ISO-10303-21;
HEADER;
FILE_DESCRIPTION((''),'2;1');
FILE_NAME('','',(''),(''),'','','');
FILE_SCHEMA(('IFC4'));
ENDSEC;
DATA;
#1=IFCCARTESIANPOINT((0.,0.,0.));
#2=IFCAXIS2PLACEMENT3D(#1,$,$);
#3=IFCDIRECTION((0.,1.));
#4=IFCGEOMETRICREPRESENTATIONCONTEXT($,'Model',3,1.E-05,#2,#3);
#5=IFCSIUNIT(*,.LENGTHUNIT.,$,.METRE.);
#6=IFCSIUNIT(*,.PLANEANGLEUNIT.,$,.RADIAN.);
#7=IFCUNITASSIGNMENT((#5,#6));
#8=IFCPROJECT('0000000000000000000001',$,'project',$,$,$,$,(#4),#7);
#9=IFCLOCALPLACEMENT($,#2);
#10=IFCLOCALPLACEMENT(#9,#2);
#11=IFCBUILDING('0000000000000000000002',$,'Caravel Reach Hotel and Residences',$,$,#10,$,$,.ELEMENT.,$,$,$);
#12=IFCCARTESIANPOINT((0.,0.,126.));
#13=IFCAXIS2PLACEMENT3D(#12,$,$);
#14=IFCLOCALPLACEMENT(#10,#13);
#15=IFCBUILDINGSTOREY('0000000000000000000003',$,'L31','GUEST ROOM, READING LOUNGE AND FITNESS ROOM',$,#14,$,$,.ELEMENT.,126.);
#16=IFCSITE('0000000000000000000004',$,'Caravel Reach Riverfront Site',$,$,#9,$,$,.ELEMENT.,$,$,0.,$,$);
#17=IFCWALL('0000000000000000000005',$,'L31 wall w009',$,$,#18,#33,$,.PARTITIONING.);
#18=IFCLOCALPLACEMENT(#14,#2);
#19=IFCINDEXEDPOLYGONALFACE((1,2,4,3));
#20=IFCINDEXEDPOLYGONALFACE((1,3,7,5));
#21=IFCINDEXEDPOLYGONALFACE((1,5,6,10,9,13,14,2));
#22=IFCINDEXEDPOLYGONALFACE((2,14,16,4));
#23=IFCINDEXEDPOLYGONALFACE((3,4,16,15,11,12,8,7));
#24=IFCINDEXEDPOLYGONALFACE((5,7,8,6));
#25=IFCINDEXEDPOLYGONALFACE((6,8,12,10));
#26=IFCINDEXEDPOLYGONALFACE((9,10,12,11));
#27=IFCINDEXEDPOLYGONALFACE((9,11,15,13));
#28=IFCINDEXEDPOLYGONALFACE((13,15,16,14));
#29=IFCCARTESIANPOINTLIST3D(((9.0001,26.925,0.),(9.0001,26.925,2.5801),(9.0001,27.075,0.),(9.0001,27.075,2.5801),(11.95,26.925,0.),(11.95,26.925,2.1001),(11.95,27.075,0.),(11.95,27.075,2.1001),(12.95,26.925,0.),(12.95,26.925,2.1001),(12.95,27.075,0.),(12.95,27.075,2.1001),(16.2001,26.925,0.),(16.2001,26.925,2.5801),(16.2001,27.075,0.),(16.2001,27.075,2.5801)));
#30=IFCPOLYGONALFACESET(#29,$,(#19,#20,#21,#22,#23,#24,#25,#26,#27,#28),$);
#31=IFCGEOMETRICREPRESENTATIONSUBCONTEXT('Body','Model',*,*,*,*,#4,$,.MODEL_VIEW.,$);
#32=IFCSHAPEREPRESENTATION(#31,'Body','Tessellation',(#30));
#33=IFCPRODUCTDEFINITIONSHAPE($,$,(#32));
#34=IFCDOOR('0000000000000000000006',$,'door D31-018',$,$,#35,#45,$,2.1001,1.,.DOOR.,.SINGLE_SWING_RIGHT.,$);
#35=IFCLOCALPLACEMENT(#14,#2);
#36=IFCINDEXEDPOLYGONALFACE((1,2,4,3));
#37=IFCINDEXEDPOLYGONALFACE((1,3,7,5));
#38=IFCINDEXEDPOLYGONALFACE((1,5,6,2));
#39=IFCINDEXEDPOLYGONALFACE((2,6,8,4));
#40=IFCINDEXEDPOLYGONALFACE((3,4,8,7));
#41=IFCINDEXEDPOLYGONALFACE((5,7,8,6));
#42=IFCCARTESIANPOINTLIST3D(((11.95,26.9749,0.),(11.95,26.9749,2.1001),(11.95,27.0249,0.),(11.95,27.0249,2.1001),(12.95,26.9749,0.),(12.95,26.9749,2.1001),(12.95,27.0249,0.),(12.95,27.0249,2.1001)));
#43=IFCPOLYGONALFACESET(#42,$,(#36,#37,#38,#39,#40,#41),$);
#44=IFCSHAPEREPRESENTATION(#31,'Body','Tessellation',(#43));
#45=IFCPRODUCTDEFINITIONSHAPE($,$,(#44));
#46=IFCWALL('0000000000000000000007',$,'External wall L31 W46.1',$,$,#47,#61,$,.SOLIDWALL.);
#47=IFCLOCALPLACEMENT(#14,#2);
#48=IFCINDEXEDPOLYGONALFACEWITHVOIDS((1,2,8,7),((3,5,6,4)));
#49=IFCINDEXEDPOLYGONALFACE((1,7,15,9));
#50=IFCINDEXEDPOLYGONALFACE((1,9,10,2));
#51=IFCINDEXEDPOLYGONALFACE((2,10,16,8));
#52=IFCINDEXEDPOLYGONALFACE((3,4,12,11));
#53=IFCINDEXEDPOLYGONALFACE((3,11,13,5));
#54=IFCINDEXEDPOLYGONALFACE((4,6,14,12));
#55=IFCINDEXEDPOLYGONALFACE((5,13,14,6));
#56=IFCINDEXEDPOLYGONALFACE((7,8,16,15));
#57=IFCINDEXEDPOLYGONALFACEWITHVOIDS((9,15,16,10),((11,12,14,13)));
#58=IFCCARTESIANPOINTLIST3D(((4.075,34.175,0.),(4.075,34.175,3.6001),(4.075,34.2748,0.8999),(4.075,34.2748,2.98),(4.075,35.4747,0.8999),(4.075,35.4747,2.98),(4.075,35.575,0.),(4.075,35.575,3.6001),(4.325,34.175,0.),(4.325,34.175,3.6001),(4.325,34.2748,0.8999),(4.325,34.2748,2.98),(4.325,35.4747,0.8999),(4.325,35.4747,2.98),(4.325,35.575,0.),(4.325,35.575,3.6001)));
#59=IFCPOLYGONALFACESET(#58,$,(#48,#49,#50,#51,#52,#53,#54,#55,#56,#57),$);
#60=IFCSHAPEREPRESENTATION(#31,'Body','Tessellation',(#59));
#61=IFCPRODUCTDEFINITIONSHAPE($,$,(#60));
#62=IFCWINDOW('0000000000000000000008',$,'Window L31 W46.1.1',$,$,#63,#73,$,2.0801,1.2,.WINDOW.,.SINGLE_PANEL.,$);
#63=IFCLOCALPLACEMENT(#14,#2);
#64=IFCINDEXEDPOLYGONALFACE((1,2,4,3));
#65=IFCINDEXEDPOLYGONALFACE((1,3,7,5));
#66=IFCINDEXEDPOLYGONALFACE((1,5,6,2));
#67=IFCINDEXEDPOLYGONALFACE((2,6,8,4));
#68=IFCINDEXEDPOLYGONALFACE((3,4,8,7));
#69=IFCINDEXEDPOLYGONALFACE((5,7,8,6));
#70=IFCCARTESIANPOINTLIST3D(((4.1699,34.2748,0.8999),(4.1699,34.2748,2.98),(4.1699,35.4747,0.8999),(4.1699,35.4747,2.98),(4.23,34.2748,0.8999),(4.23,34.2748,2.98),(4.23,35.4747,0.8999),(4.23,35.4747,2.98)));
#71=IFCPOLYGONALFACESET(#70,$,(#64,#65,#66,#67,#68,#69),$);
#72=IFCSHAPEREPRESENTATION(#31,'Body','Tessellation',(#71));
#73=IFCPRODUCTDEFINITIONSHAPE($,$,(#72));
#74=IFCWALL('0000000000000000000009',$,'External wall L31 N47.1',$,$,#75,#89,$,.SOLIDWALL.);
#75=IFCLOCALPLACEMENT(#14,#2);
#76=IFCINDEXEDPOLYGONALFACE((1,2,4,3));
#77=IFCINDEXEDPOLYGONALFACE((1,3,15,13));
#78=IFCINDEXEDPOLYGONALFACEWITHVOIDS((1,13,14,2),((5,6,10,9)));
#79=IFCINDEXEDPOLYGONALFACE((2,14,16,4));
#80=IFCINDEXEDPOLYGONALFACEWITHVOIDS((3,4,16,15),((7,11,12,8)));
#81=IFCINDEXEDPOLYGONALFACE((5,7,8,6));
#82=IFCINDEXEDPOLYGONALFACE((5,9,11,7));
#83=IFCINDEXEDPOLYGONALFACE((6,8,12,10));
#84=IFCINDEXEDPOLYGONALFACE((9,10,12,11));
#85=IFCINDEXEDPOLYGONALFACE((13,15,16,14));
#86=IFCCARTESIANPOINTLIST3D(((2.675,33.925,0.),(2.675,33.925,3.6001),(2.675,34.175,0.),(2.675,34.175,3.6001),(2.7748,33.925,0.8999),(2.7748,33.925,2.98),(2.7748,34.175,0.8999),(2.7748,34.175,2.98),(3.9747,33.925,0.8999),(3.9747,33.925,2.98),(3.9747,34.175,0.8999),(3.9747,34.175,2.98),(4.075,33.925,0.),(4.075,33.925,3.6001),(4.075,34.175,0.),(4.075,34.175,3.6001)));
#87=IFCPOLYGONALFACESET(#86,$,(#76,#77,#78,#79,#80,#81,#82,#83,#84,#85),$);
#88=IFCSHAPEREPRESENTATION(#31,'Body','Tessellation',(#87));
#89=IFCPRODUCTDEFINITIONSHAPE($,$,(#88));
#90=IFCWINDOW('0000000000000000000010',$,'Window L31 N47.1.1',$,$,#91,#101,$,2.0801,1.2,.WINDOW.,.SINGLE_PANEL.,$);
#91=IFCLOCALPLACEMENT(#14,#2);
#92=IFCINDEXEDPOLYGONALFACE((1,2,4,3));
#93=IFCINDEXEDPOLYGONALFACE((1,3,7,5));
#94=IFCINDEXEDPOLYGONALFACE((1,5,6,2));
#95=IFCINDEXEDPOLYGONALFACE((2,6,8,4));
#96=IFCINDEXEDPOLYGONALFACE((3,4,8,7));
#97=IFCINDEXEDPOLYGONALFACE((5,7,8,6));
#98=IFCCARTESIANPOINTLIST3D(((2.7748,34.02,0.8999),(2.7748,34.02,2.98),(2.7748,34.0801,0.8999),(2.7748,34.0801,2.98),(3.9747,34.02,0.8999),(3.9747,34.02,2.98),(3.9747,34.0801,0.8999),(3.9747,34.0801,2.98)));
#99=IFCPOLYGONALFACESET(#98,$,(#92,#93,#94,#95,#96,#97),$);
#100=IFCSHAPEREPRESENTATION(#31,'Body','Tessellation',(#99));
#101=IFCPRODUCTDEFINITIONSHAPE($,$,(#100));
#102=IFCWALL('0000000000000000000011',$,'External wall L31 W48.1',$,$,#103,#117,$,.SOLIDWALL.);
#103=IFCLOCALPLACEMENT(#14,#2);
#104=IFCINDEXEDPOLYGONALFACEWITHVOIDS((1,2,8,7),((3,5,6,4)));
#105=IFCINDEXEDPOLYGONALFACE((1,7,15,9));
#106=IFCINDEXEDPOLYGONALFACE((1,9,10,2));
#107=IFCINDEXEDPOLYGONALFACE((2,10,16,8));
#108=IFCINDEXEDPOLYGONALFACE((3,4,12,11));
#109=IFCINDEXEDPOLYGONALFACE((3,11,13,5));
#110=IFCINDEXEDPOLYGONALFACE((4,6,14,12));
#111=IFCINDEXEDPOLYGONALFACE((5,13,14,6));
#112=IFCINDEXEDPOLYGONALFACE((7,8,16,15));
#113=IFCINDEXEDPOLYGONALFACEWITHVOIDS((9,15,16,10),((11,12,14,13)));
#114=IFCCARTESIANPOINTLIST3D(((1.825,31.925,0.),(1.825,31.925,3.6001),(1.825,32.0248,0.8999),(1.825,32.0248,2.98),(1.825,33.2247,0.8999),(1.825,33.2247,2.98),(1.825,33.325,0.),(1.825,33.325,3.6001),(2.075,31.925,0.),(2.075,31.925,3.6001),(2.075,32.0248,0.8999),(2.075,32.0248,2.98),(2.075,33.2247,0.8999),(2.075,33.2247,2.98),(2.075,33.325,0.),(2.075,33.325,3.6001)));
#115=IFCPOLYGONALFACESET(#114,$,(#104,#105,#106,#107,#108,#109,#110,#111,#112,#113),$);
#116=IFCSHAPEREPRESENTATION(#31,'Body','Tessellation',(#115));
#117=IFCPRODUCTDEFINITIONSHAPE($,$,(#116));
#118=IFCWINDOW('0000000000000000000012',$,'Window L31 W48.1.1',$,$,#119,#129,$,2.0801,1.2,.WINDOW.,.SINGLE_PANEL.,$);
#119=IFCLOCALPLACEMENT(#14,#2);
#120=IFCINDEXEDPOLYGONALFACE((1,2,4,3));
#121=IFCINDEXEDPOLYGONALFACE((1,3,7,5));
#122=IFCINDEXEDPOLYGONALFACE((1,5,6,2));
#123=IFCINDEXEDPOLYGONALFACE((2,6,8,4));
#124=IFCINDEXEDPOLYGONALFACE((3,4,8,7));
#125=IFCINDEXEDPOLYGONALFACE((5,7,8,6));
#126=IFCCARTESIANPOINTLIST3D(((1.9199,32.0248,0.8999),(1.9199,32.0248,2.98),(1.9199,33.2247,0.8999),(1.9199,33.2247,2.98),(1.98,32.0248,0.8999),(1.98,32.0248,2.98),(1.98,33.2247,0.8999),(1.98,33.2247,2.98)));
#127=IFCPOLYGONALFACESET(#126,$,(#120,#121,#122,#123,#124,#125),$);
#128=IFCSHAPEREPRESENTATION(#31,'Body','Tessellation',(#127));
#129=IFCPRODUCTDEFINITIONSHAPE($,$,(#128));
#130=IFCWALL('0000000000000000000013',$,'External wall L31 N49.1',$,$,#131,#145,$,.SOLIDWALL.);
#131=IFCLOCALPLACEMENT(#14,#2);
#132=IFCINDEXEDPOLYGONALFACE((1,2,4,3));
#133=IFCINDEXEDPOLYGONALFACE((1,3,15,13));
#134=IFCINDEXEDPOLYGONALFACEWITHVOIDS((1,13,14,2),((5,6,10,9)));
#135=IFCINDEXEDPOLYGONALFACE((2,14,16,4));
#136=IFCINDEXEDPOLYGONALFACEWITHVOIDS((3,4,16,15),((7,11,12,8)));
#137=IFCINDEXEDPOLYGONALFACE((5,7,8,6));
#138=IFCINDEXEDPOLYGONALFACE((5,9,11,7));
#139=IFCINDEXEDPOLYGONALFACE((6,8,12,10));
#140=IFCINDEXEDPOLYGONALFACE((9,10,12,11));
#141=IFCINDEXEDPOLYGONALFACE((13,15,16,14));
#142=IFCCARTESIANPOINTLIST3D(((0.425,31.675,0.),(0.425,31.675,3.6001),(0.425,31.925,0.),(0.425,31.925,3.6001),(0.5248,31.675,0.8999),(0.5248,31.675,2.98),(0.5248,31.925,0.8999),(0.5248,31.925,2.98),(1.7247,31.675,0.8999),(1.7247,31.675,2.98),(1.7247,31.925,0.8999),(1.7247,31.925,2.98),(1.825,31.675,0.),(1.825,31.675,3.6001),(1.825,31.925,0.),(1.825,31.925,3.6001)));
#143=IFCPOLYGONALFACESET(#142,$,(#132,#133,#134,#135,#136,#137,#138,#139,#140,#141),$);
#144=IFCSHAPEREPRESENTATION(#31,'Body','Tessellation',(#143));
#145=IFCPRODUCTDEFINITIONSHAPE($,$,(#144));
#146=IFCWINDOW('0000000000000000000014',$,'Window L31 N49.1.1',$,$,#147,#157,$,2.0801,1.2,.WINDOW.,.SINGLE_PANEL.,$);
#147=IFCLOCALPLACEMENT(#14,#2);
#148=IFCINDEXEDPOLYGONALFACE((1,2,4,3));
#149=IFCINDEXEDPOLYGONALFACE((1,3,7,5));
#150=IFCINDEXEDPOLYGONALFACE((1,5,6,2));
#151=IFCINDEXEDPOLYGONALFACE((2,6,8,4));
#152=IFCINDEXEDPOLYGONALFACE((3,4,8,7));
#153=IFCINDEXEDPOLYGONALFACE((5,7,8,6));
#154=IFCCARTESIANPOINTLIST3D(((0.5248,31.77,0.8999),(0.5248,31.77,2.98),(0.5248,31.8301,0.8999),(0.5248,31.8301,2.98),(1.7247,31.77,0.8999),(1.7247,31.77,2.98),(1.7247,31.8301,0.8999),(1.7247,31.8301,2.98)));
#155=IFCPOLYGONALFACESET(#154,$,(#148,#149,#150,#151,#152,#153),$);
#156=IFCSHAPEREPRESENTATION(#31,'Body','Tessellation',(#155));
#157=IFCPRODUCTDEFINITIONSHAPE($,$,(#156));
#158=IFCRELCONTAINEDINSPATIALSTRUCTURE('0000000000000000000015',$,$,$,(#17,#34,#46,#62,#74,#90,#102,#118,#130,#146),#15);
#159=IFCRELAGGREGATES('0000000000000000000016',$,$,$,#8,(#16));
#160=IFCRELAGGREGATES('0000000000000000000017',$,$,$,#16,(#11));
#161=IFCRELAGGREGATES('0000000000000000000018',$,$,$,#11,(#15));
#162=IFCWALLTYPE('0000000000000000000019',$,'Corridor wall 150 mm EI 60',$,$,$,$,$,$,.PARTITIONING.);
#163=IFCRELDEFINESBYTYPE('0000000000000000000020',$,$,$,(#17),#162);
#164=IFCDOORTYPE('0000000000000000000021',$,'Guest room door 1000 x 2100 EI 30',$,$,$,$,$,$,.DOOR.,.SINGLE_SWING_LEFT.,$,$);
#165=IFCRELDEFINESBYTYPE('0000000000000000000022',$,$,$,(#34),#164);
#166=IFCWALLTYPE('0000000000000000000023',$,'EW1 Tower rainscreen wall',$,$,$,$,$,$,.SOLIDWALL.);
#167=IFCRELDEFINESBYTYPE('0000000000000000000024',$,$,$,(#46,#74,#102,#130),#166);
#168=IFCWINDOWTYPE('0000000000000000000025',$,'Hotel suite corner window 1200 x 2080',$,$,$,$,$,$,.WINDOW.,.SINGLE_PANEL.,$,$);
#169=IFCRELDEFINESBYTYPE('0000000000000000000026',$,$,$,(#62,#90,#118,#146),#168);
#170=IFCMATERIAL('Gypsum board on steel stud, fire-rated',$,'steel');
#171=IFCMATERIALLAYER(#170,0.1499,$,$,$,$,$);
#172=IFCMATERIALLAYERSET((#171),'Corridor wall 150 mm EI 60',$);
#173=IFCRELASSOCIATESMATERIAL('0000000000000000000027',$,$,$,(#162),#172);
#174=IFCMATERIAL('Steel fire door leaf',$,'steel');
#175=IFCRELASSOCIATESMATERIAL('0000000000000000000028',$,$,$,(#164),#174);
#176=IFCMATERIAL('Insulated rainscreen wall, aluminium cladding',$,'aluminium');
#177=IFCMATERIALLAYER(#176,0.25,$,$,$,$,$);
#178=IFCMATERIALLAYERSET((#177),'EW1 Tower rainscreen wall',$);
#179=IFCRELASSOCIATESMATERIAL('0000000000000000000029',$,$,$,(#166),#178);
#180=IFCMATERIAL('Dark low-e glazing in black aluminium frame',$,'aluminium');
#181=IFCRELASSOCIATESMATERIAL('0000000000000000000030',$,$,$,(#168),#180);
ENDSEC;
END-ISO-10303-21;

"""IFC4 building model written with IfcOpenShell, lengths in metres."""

from ifc_helpers import new_model, si_unit, direction, frame, frame_2d, origin, place, context, subcontext, project, spatial, rectangle, extrude, material, layer, layer_set, type_object, element, fill, save


model = new_model("IFC4")

# Units and contexts
model_context = context("Model", 3, precision=1e-05, world=origin(), true_north=direction((0.0, 1.0)))
body_context = subcontext(model_context, "Body", "Model", "MODEL_VIEW")
ifc_project = project(units=[si_unit("LENGTHUNIT", "METRE"), si_unit("PLANEANGLEUNIT", "RADIAN")], contexts=[model_context])

# Site, building, storey
site_placement = place(None, origin())
site = spatial("IfcSite", under=ifc_project, at=site_placement, Name="Caravel Reach Riverfront Site", CompositionType="ELEMENT", RefElevation=0.0)
building_placement = place(site_placement, origin())
building = spatial("IfcBuilding", under=site, at=building_placement, Name="Caravel Reach Hotel and Residences", CompositionType="ELEMENT")
storey_placement = place(building_placement, frame((0.0, 0.0, 126.0)))
storey = spatial("IfcBuildingStorey", under=building, at=storey_placement, Name="L31", Description="GUEST ROOM, READING LOUNGE AND FITNESS ROOM", CompositionType="ELEMENT", Elevation=126.0)

# Wall, opening, door
ifc_material_1 = material(Name="Gypsum board on steel stud, fire-rated", Category="steel")
ifc_layer_1 = layer(ifc_material_1, 0.1499)
ifc_layer_set_1 = layer_set([ifc_layer_1], Name="Corridor wall 150 mm EI 60")
wall_type_1 = type_object("IfcWallType", Name="Corridor wall 150 mm EI 60", PredefinedType="PARTITIONING", material=ifc_layer_set_1)
wall_1_placement = place(storey_placement, frame((9.0, 27.0, 0.0), z_axis=(0.0, 0.0, 1.0), x_axis=(1.0, 0.0, 0.0)))
wall_1 = element("IfcWall", 1, at=wall_1_placement, inside=storey, type_object=wall_type_1, Name="L31 wall w009", PredefinedType="PARTITIONING", context=body_context, shape_type="SweptSolid", body=[
    extrude(rectangle(XDim=7.2, YDim=0.1499, at=frame_2d((3.6001, 0.0))), origin(), (0.0, 0.0, 1.0), 2.5801),
])
opening_1_placement = place(wall_1_placement, frame((2.95, 0.0, 0.0)))
opening_1 = element("IfcOpeningElement", 2, at=opening_1_placement, cuts=wall_1, PredefinedType="OPENING", context=body_context, shape_type="SweptSolid", body=[
    extrude(rectangle(XDim=1.0, YDim=2.1001, at=frame_2d((0.5, 1.05))), frame((0.0, 0.085, 0.0), z_axis=(0.0, -1.0, 0.0), x_axis=(1.0, 0.0, 0.0)), (0.0, 0.0, 1.0), 0.1699),
])
ifc_material_2 = material(Name="Steel fire door leaf", Category="steel")
door_type_1 = type_object("IfcDoorType", Name="Guest room door 1000 x 2100 EI 30", OperationType="SINGLE_SWING_LEFT", PredefinedType="DOOR", material=ifc_material_2)
door_1_placement = place(opening_1_placement, origin())
door_1 = element("IfcDoor", 3, at=door_1_placement, inside=storey, type_object=door_type_1, Name="door D31-018", OperationType="SINGLE_SWING_RIGHT", OverallHeight=2.1001, OverallWidth=1.0, PredefinedType="DOOR", context=body_context, shape_type="SweptSolid", body=[
    extrude(rectangle(XDim=1.0, YDim=2.1001, at=frame_2d((0.5, 1.05))), frame((0.0, 0.0249, 0.0), z_axis=(0.0, -1.0, 0.0), x_axis=(1.0, 0.0, 0.0)), (0.0, 0.0, 1.0), 0.05),
])
fill(opening_1, door_1)

# Walls, openings, windows
ifc_material_3 = material(Name="Insulated rainscreen wall, aluminium cladding", Category="aluminium")
ifc_layer_2 = layer(ifc_material_3, 0.25)
ifc_layer_set_2 = layer_set([ifc_layer_2], Name="EW1 Tower rainscreen wall")
wall_type_2 = type_object("IfcWallType", Name="EW1 Tower rainscreen wall", PredefinedType="SOLIDWALL", material=ifc_layer_set_2)
wall_2_placement = place(storey_placement, frame((4.2, 35.575, 0.0), z_axis=(0.0, 0.0, 1.0), x_axis=(0.0, -1.0, 0.0)))
wall_2 = element("IfcWall", 4, at=wall_2_placement, inside=storey, type_object=wall_type_2, Name="External wall L31 W46.1", PredefinedType="SOLIDWALL", context=body_context, shape_type="SweptSolid", body=[
    extrude(rectangle(XDim=1.3999, YDim=0.25, at=frame_2d((0.7, 0.0))), origin(), (0.0, 0.0, 1.0), 3.6001),
])
opening_2_placement = place(wall_2_placement, frame((0.1001, 0.0, 0.8999)))
opening_2 = element("IfcOpeningElement", 5, at=opening_2_placement, cuts=wall_2, PredefinedType="OPENING", context=body_context, shape_type="SweptSolid", body=[
    extrude(rectangle(XDim=1.2, YDim=2.0801, at=frame_2d((0.6001, 1.04))), frame((0.0, 0.135, 0.0), z_axis=(0.0, -1.0, 0.0), x_axis=(1.0, 0.0, 0.0)), (0.0, 0.0, 1.0), 0.27),
])
ifc_material_4 = material(Name="Dark low-e glazing in black aluminium frame", Category="aluminium")
window_type_1 = type_object("IfcWindowType", Name="Hotel suite corner window 1200 x 2080", PartitioningType="SINGLE_PANEL", PredefinedType="WINDOW", material=ifc_material_4)
window_1_placement = place(opening_2_placement, origin())
window_1 = element("IfcWindow", 6, at=window_1_placement, inside=storey, type_object=window_type_1, Name="Window L31 W46.1.1", OverallHeight=2.0801, OverallWidth=1.2, PartitioningType="SINGLE_PANEL", PredefinedType="WINDOW", context=body_context, shape_type="SweptSolid", body=[
    extrude(rectangle(XDim=1.2, YDim=2.0801, at=frame_2d((0.6001, 1.04))), frame((0.0, 0.03, 0.0), z_axis=(0.0, -1.0, 0.0), x_axis=(1.0, 0.0, 0.0)), (0.0, 0.0, 1.0), 0.0601),
])
fill(opening_2, window_1)
wall_3_placement = place(storey_placement, frame((4.075, 34.05, 0.0), z_axis=(0.0, 0.0, 1.0), x_axis=(-1.0, 0.0, 0.0)))
wall_3 = element("IfcWall", 7, at=wall_3_placement, inside=storey, type_object=wall_type_2, Name="External wall L31 N47.1", PredefinedType="SOLIDWALL", context=body_context, shape_type="SweptSolid", body=[
    extrude(rectangle(XDim=1.3999, YDim=0.25, at=frame_2d((0.7, 0.0))), origin(), (0.0, 0.0, 1.0), 3.6001),
])
opening_3_placement = place(wall_3_placement, frame((0.1001, 0.0, 0.8999)))
opening_3 = element("IfcOpeningElement", 8, at=opening_3_placement, cuts=wall_3, PredefinedType="OPENING", context=body_context, shape_type="SweptSolid", body=[
    extrude(rectangle(XDim=1.2, YDim=2.0801, at=frame_2d((0.6001, 1.04))), frame((0.0, 0.135, 0.0), z_axis=(0.0, -1.0, 0.0), x_axis=(1.0, 0.0, 0.0)), (0.0, 0.0, 1.0), 0.27),
])
window_2_placement = place(opening_3_placement, origin())
window_2 = element("IfcWindow", 9, at=window_2_placement, inside=storey, type_object=window_type_1, Name="Window L31 N47.1.1", OverallHeight=2.0801, OverallWidth=1.2, PartitioningType="SINGLE_PANEL", PredefinedType="WINDOW", context=body_context, shape_type="SweptSolid", body=[
    extrude(rectangle(XDim=1.2, YDim=2.0801, at=frame_2d((0.6001, 1.04))), frame((0.0, 0.03, 0.0), z_axis=(0.0, -1.0, 0.0), x_axis=(1.0, 0.0, 0.0)), (0.0, 0.0, 1.0), 0.0601),
])
fill(opening_3, window_2)
wall_4_placement = place(storey_placement, frame((1.95, 33.325, 0.0), z_axis=(0.0, 0.0, 1.0), x_axis=(0.0, -1.0, 0.0)))
wall_4 = element("IfcWall", 10, at=wall_4_placement, inside=storey, type_object=wall_type_2, Name="External wall L31 W48.1", PredefinedType="SOLIDWALL", context=body_context, shape_type="SweptSolid", body=[
    extrude(rectangle(XDim=1.3999, YDim=0.25, at=frame_2d((0.7, 0.0))), origin(), (0.0, 0.0, 1.0), 3.6001),
])
opening_4_placement = place(wall_4_placement, frame((0.1001, 0.0, 0.8999)))
opening_4 = element("IfcOpeningElement", 11, at=opening_4_placement, cuts=wall_4, PredefinedType="OPENING", context=body_context, shape_type="SweptSolid", body=[
    extrude(rectangle(XDim=1.2, YDim=2.0801, at=frame_2d((0.6001, 1.04))), frame((0.0, 0.135, 0.0), z_axis=(0.0, -1.0, 0.0), x_axis=(1.0, 0.0, 0.0)), (0.0, 0.0, 1.0), 0.27),
])
window_3_placement = place(opening_4_placement, origin())
window_3 = element("IfcWindow", 12, at=window_3_placement, inside=storey, type_object=window_type_1, Name="Window L31 W48.1.1", OverallHeight=2.0801, OverallWidth=1.2, PartitioningType="SINGLE_PANEL", PredefinedType="WINDOW", context=body_context, shape_type="SweptSolid", body=[
    extrude(rectangle(XDim=1.2, YDim=2.0801, at=frame_2d((0.6001, 1.04))), frame((0.0, 0.03, 0.0), z_axis=(0.0, -1.0, 0.0), x_axis=(1.0, 0.0, 0.0)), (0.0, 0.0, 1.0), 0.0601),
])
fill(opening_4, window_3)
wall_5_placement = place(storey_placement, frame((1.825, 31.8, 0.0), z_axis=(0.0, 0.0, 1.0), x_axis=(-1.0, 0.0, 0.0)))
wall_5 = element("IfcWall", 13, at=wall_5_placement, inside=storey, type_object=wall_type_2, Name="External wall L31 N49.1", PredefinedType="SOLIDWALL", context=body_context, shape_type="SweptSolid", body=[
    extrude(rectangle(XDim=1.3999, YDim=0.25, at=frame_2d((0.7, 0.0))), origin(), (0.0, 0.0, 1.0), 3.6001),
])
opening_5_placement = place(wall_5_placement, frame((0.1001, 0.0, 0.8999)))
opening_5 = element("IfcOpeningElement", 14, at=opening_5_placement, cuts=wall_5, PredefinedType="OPENING", context=body_context, shape_type="SweptSolid", body=[
    extrude(rectangle(XDim=1.2, YDim=2.0801, at=frame_2d((0.6001, 1.04))), frame((0.0, 0.135, 0.0), z_axis=(0.0, -1.0, 0.0), x_axis=(1.0, 0.0, 0.0)), (0.0, 0.0, 1.0), 0.27),
])
window_4_placement = place(opening_5_placement, origin())
window_4 = element("IfcWindow", 15, at=window_4_placement, inside=storey, type_object=window_type_1, Name="Window L31 N49.1.1", OverallHeight=2.0801, OverallWidth=1.2, PartitioningType="SINGLE_PANEL", PredefinedType="WINDOW", context=body_context, shape_type="SweptSolid", body=[
    extrude(rectangle(XDim=1.2, YDim=2.0801, at=frame_2d((0.6001, 1.04))), frame((0.0, 0.03, 0.0), z_axis=(0.0, -1.0, 0.0), x_axis=(1.0, 0.0, 0.0)), (0.0, 0.0, 1.0), 0.0601),
])
fill(opening_5, window_4)

save(model, "model.ifc")
